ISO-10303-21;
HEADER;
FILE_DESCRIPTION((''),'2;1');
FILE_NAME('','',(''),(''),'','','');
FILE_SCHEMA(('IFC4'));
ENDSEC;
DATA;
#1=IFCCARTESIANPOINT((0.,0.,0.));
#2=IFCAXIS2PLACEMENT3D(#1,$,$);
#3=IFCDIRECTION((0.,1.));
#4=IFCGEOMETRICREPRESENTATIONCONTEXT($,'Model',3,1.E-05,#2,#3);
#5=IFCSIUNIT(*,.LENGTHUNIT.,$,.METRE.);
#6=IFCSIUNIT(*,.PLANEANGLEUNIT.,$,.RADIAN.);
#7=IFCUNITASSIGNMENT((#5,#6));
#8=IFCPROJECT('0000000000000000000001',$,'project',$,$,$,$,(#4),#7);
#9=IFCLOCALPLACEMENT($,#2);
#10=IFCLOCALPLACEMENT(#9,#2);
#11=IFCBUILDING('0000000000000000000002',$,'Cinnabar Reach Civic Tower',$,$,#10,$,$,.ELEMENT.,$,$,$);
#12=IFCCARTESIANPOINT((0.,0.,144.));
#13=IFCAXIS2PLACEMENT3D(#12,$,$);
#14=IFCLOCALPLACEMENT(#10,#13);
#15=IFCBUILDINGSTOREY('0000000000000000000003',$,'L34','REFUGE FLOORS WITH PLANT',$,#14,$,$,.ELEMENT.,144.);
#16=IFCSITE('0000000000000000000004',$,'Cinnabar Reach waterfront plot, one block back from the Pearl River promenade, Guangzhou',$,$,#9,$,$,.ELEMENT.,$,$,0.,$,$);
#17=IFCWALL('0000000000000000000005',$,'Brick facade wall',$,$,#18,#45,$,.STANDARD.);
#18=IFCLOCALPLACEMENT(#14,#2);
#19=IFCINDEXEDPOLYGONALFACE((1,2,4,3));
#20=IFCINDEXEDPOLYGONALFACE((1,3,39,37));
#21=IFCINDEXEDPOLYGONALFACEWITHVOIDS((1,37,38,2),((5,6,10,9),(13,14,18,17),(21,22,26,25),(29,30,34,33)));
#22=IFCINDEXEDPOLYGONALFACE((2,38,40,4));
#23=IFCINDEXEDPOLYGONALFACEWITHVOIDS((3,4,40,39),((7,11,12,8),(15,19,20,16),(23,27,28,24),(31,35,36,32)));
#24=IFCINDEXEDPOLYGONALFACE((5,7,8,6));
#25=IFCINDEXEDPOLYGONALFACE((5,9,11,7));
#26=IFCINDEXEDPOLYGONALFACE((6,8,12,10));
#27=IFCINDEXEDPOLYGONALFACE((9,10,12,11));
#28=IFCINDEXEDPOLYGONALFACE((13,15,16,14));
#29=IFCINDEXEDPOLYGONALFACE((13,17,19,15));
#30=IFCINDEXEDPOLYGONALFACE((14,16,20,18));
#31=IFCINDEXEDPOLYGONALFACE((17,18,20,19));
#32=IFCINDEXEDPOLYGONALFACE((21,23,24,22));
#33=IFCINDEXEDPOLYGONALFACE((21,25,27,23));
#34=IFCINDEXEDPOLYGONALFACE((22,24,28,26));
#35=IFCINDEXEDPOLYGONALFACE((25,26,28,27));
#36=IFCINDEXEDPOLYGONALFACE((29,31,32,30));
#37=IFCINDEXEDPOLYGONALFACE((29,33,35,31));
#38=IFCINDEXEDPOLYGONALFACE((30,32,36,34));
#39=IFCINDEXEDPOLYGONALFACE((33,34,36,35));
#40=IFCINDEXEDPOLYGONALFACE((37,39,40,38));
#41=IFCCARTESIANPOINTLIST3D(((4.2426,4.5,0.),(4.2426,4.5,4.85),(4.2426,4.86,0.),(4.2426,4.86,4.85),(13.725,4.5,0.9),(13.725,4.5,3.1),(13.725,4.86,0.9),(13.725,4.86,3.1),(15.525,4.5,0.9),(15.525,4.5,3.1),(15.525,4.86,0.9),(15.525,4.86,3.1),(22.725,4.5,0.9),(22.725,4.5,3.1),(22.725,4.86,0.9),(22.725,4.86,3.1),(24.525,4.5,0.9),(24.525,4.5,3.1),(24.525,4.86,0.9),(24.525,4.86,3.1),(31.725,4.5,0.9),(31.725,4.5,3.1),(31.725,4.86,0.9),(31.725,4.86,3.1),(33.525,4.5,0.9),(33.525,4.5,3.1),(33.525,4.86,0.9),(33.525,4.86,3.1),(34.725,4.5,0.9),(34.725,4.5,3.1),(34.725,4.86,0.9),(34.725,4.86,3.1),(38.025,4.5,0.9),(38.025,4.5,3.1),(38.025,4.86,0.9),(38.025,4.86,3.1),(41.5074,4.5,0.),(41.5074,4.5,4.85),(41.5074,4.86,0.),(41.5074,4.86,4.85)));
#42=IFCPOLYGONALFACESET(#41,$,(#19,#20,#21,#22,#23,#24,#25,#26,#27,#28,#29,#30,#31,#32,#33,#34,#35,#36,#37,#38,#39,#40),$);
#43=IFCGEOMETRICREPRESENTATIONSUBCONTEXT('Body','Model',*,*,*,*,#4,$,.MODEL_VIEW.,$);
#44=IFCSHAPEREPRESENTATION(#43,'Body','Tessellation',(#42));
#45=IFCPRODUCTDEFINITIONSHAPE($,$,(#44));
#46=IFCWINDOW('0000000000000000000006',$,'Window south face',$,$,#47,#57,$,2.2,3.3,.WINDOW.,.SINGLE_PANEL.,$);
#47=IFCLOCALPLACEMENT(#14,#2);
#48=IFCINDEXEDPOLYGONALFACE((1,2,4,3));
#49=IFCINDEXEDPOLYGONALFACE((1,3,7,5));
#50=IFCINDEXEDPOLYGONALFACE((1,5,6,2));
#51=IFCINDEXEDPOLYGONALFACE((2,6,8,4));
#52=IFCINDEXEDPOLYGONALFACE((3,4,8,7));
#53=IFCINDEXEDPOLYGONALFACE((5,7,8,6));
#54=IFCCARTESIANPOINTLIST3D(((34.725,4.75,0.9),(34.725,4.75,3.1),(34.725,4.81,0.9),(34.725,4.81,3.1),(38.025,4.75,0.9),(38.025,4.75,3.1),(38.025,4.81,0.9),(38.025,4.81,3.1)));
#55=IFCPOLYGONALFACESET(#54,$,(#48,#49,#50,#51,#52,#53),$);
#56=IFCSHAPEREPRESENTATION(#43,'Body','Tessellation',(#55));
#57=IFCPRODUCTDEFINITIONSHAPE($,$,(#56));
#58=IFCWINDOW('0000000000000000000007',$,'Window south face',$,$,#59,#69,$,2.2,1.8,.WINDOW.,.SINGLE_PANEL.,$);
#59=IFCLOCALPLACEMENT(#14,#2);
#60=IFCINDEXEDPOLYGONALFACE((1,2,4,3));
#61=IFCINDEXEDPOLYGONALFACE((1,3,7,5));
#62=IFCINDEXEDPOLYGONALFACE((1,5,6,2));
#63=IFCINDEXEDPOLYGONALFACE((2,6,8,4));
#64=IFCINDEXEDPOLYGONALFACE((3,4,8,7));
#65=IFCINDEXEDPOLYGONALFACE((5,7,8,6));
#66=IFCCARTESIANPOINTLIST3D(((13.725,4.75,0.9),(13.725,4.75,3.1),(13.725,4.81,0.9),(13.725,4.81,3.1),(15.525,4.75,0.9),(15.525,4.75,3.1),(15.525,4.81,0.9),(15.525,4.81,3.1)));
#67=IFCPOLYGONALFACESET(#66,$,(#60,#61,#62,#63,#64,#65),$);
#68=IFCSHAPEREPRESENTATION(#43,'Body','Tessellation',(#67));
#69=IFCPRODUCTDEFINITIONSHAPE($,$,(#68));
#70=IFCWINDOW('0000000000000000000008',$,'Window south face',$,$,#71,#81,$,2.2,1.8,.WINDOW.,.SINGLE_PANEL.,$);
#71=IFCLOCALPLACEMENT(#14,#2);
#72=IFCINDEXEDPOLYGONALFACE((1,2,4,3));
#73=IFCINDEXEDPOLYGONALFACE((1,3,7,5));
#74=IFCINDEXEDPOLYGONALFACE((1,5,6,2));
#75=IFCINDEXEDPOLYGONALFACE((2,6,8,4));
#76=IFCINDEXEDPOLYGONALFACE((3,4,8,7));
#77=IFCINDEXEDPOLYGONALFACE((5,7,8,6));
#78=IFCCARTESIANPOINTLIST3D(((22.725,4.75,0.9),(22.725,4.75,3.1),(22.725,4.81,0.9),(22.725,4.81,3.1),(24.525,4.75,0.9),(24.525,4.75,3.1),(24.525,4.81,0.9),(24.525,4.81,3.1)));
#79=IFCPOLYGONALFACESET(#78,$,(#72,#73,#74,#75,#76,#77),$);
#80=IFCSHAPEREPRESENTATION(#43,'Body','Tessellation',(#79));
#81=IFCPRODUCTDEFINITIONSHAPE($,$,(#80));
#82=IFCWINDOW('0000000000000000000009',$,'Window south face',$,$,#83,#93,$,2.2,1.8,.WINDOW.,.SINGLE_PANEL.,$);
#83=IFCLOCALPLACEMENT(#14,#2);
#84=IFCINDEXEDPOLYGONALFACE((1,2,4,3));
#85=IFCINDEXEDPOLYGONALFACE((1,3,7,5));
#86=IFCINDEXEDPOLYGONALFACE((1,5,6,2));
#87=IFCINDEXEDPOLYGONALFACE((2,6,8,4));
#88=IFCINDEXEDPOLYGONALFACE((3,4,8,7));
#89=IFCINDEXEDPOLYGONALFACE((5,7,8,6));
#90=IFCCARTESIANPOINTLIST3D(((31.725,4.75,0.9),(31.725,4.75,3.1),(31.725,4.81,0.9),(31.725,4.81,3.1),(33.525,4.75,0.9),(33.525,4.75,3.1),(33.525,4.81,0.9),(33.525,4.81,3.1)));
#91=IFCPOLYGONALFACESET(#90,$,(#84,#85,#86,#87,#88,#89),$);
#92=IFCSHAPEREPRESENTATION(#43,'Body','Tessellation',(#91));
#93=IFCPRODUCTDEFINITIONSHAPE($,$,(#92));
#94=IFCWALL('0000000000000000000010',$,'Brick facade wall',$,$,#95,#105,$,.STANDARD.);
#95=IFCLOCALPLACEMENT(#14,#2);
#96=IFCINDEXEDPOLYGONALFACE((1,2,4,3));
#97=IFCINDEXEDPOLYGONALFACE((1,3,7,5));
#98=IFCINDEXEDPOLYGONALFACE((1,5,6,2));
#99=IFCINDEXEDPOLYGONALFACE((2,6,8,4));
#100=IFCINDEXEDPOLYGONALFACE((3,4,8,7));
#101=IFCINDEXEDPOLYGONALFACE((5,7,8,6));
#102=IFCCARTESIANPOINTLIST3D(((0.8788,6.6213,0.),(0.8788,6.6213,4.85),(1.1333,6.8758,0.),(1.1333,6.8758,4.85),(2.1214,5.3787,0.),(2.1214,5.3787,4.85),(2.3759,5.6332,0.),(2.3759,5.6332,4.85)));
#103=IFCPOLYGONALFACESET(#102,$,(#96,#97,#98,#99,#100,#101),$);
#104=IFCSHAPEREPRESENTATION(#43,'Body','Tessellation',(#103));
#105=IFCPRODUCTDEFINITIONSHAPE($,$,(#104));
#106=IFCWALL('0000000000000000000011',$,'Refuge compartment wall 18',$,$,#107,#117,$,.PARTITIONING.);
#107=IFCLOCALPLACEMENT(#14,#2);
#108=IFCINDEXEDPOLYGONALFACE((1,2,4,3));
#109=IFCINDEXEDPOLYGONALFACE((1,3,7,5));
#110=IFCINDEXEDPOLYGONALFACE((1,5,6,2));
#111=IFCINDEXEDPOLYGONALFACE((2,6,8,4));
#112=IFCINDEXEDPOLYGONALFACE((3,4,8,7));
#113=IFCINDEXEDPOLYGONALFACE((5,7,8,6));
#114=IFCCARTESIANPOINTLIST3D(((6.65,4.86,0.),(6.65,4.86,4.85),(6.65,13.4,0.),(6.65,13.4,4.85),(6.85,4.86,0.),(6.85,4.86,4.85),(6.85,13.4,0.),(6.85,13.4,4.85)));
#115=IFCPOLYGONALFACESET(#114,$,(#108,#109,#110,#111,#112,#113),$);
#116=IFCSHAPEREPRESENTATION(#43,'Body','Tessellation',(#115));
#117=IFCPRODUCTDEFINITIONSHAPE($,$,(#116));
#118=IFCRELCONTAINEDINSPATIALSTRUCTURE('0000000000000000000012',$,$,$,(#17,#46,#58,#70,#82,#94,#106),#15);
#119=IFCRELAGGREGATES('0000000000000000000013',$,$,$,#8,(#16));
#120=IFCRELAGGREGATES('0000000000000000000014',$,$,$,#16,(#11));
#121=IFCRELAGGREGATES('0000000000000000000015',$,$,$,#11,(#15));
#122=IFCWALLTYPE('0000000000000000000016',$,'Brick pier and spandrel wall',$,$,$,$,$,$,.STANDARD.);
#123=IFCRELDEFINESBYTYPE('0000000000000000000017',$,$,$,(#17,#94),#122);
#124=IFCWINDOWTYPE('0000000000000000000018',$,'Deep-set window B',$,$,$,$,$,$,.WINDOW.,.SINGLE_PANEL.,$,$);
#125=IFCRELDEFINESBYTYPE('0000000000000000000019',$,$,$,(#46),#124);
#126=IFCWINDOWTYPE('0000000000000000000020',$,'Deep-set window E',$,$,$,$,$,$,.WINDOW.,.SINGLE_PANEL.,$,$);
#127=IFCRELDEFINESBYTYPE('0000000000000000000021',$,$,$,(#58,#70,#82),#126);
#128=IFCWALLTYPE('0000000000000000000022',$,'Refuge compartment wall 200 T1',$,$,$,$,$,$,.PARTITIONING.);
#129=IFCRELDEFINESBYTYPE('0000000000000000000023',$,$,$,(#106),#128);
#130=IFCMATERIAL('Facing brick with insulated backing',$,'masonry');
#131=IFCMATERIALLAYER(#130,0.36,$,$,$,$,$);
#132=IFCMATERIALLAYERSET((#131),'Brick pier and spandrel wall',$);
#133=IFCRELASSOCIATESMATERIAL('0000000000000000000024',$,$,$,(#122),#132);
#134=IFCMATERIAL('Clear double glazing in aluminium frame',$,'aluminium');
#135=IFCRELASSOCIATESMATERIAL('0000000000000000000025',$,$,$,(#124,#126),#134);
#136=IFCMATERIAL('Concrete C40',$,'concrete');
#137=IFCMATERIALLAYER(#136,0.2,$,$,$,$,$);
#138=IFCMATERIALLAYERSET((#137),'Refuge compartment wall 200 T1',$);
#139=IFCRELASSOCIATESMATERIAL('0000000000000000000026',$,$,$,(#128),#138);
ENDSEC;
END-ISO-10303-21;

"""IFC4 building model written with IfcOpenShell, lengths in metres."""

from ifc_helpers import new_model, si_unit, direction, frame, frame_2d, origin, place, context, subcontext, project, spatial, rectangle, extrude, material, layer, layer_set, type_object, element, fill, save


model = new_model("IFC4")

# Units and contexts
model_context = context("Model", 3, precision=1e-05, world=origin(), true_north=direction((0.0, 1.0)))
body_context = subcontext(model_context, "Body", "Model", "MODEL_VIEW")
ifc_project = project(units=[si_unit("LENGTHUNIT", "METRE"), si_unit("PLANEANGLEUNIT", "RADIAN")], contexts=[model_context])

# Site, building, storey
site_placement = place(None, origin())
site = spatial("IfcSite", under=ifc_project, at=site_placement, Name="Cinnabar Reach waterfront plot, one block back from the Pearl River promenade, Guangzhou", CompositionType="ELEMENT", RefElevation=0.0)
building_placement = place(site_placement, origin())
building = spatial("IfcBuilding", under=site, at=building_placement, Name="Cinnabar Reach Civic Tower", CompositionType="ELEMENT")
storey_placement = place(building_placement, frame((0.0, 0.0, 144.0)))
storey = spatial("IfcBuildingStorey", under=building, at=storey_placement, Name="L34", Description="REFUGE FLOORS WITH PLANT", CompositionType="ELEMENT", Elevation=144.0)

# Shared definitions
ifc_material_1 = material(Name="Facing brick with insulated backing", Category="masonry")

# Wall, openings, windows
ifc_layer_1 = layer(ifc_material_1, 0.36)
ifc_layer_set_1 = layer_set([ifc_layer_1], Name="Brick pier and spandrel wall")
wall_type_1 = type_object("IfcWallType", Name="Brick pier and spandrel wall", PredefinedType="STANDARD", material=ifc_layer_set_1)
wall_1_placement = place(storey_placement, frame((4.2426, 4.68, 0.0), z_axis=(0.0, 0.0, 1.0), x_axis=(1.0, 0.0, 0.0)))
wall_1 = element("IfcWall", 1, at=wall_1_placement, inside=storey, type_object=wall_type_1, Name="Brick facade wall", PredefinedType="STANDARD", context=body_context, shape_type="SweptSolid", body=[
    extrude(rectangle(XDim=37.2648, YDim=0.36, at=frame_2d((18.6324, 0.0))), origin(), (0.0, 0.0, 1.0), 4.85),
])
opening_1_placement = place(wall_1_placement, frame((9.4824, 0.0, 0.9)))
opening_1 = element("IfcOpeningElement", 2, at=opening_1_placement, cuts=wall_1, PredefinedType="OPENING", context=body_context, shape_type="SweptSolid", body=[
    extrude(rectangle(XDim=1.8, YDim=2.2, at=frame_2d((0.9, 1.1))), frame((0.0, 0.19, 0.0), z_axis=(0.0, -1.0, 0.0), x_axis=(1.0, 0.0, 0.0)), (0.0, 0.0, 1.0), 0.38),
])
opening_2_placement = place(wall_1_placement, frame((18.4824, 0.0, 0.9)))
opening_2 = element("IfcOpeningElement", 3, at=opening_2_placement, cuts=wall_1, PredefinedType="OPENING", context=body_context, shape_type="SweptSolid", body=[
    extrude(rectangle(XDim=1.8, YDim=2.2, at=frame_2d((0.9, 1.1))), frame((0.0, 0.19, 0.0), z_axis=(0.0, -1.0, 0.0), x_axis=(1.0, 0.0, 0.0)), (0.0, 0.0, 1.0), 0.38),
])
opening_3_placement = place(wall_1_placement, frame((27.4824, 0.0, 0.9)))
opening_3 = element("IfcOpeningElement", 4, at=opening_3_placement, cuts=wall_1, PredefinedType="OPENING", context=body_context, shape_type="SweptSolid", body=[
    extrude(rectangle(XDim=1.8, YDim=2.2, at=frame_2d((0.9, 1.1))), frame((0.0, 0.19, 0.0), z_axis=(0.0, -1.0, 0.0), x_axis=(1.0, 0.0, 0.0)), (0.0, 0.0, 1.0), 0.38),
])
opening_4_placement = place(wall_1_placement, frame((30.4824, 0.0, 0.9)))
opening_4 = element("IfcOpeningElement", 5, at=opening_4_placement, cuts=wall_1, PredefinedType="OPENING", context=body_context, shape_type="SweptSolid", body=[
    extrude(rectangle(XDim=3.3, YDim=2.2, at=frame_2d((1.65, 1.1))), frame((0.0, 0.19, 0.0), z_axis=(0.0, -1.0, 0.0), x_axis=(1.0, 0.0, 0.0)), (0.0, 0.0, 1.0), 0.38),
])
ifc_material_2 = material(Name="Clear double glazing in aluminium frame", Category="aluminium")
window_type_1 = type_object("IfcWindowType", Name="Deep-set window B", PartitioningType="SINGLE_PANEL", PredefinedType="WINDOW", material=ifc_material_2)
window_1_placement = place(opening_4_placement, origin())
window_1 = element("IfcWindow", 6, at=window_1_placement, inside=storey, type_object=window_type_1, Name="Window south face", OverallHeight=2.2, OverallWidth=3.3, PartitioningType="SINGLE_PANEL", PredefinedType="WINDOW", context=body_context, shape_type="SweptSolid", body=[
    extrude(rectangle(XDim=3.3, YDim=2.2, at=frame_2d((1.65, 1.1))), frame((0.0, 0.13, 0.0), z_axis=(0.0, -1.0, 0.0), x_axis=(1.0, 0.0, 0.0)), (0.0, 0.0, 1.0), 0.06),
])
fill(opening_4, window_1)
window_type_2 = type_object("IfcWindowType", Name="Deep-set window E", PartitioningType="SINGLE_PANEL", PredefinedType="WINDOW", material=ifc_material_2)
window_2_placement = place(opening_1_placement, origin())
window_2 = element("IfcWindow", 7, at=window_2_placement, inside=storey, type_object=window_type_2, Name="Window south face", OverallHeight=2.2, OverallWidth=1.8, PartitioningType="SINGLE_PANEL", PredefinedType="WINDOW", context=body_context, shape_type="SweptSolid", body=[
    extrude(rectangle(XDim=1.8, YDim=2.2, at=frame_2d((0.9, 1.1))), frame((0.0, 0.13, 0.0), z_axis=(0.0, -1.0, 0.0), x_axis=(1.0, 0.0, 0.0)), (0.0, 0.0, 1.0), 0.06),
])
fill(opening_1, window_2)
window_3_placement = place(opening_2_placement, origin())
window_3 = element("IfcWindow", 8, at=window_3_placement, inside=storey, type_object=window_type_2, Name="Window south face", OverallHeight=2.2, OverallWidth=1.8, PartitioningType="SINGLE_PANEL", PredefinedType="WINDOW", context=body_context, shape_type="SweptSolid", body=[
    extrude(rectangle(XDim=1.8, YDim=2.2, at=frame_2d((0.9, 1.1))), frame((0.0, 0.13, 0.0), z_axis=(0.0, -1.0, 0.0), x_axis=(1.0, 0.0, 0.0)), (0.0, 0.0, 1.0), 0.06),
])
fill(opening_2, window_3)
window_4_placement = place(opening_3_placement, origin())
window_4 = element("IfcWindow", 9, at=window_4_placement, inside=storey, type_object=window_type_2, Name="Window south face", OverallHeight=2.2, OverallWidth=1.8, PartitioningType="SINGLE_PANEL", PredefinedType="WINDOW", context=body_context, shape_type="SweptSolid", body=[
    extrude(rectangle(XDim=1.8, YDim=2.2, at=frame_2d((0.9, 1.1))), frame((0.0, 0.13, 0.0), z_axis=(0.0, -1.0, 0.0), x_axis=(1.0, 0.0, 0.0)), (0.0, 0.0, 1.0), 0.06),
])
fill(opening_3, window_4)

# Walls
wall_2_placement = place(storey_placement, frame((1.006, 6.7486, 0.0), z_axis=(0.0, 0.0, 1.0), x_axis=(0.707107, -0.707107, 0.0)))
element("IfcWall", 10, at=wall_2_placement, inside=storey, type_object=wall_type_1, Name="Brick facade wall", PredefinedType="STANDARD", context=body_context, shape_type="SweptSolid", body=[
    extrude(rectangle(XDim=1.7573, YDim=0.36, at=frame_2d((0.8787, 0.0))), origin(), (0.0, 0.0, 1.0), 4.85),
])
ifc_material_3 = material(Name="Concrete C40", Category="concrete")
ifc_layer_2 = layer(ifc_material_3, 0.2)
ifc_layer_set_2 = layer_set([ifc_layer_2], Name="Refuge compartment wall 200 T1")
wall_type_2 = type_object("IfcWallType", Name="Refuge compartment wall 200 T1", PredefinedType="PARTITIONING", material=ifc_layer_set_2)
wall_3_placement = place(storey_placement, frame((6.75, 4.86, 0.0), z_axis=(0.0, 0.0, 1.0), x_axis=(0.0, 1.0, 0.0)))
element("IfcWall", 11, at=wall_3_placement, inside=storey, type_object=wall_type_2, Name="Refuge compartment wall 18", PredefinedType="PARTITIONING", context=body_context, shape_type="SweptSolid", body=[
    extrude(rectangle(XDim=8.54, YDim=0.2, at=frame_2d((4.27, 0.0))), origin(), (0.0, 0.0, 1.0), 4.85),
])

save(model, "model.ifc")
